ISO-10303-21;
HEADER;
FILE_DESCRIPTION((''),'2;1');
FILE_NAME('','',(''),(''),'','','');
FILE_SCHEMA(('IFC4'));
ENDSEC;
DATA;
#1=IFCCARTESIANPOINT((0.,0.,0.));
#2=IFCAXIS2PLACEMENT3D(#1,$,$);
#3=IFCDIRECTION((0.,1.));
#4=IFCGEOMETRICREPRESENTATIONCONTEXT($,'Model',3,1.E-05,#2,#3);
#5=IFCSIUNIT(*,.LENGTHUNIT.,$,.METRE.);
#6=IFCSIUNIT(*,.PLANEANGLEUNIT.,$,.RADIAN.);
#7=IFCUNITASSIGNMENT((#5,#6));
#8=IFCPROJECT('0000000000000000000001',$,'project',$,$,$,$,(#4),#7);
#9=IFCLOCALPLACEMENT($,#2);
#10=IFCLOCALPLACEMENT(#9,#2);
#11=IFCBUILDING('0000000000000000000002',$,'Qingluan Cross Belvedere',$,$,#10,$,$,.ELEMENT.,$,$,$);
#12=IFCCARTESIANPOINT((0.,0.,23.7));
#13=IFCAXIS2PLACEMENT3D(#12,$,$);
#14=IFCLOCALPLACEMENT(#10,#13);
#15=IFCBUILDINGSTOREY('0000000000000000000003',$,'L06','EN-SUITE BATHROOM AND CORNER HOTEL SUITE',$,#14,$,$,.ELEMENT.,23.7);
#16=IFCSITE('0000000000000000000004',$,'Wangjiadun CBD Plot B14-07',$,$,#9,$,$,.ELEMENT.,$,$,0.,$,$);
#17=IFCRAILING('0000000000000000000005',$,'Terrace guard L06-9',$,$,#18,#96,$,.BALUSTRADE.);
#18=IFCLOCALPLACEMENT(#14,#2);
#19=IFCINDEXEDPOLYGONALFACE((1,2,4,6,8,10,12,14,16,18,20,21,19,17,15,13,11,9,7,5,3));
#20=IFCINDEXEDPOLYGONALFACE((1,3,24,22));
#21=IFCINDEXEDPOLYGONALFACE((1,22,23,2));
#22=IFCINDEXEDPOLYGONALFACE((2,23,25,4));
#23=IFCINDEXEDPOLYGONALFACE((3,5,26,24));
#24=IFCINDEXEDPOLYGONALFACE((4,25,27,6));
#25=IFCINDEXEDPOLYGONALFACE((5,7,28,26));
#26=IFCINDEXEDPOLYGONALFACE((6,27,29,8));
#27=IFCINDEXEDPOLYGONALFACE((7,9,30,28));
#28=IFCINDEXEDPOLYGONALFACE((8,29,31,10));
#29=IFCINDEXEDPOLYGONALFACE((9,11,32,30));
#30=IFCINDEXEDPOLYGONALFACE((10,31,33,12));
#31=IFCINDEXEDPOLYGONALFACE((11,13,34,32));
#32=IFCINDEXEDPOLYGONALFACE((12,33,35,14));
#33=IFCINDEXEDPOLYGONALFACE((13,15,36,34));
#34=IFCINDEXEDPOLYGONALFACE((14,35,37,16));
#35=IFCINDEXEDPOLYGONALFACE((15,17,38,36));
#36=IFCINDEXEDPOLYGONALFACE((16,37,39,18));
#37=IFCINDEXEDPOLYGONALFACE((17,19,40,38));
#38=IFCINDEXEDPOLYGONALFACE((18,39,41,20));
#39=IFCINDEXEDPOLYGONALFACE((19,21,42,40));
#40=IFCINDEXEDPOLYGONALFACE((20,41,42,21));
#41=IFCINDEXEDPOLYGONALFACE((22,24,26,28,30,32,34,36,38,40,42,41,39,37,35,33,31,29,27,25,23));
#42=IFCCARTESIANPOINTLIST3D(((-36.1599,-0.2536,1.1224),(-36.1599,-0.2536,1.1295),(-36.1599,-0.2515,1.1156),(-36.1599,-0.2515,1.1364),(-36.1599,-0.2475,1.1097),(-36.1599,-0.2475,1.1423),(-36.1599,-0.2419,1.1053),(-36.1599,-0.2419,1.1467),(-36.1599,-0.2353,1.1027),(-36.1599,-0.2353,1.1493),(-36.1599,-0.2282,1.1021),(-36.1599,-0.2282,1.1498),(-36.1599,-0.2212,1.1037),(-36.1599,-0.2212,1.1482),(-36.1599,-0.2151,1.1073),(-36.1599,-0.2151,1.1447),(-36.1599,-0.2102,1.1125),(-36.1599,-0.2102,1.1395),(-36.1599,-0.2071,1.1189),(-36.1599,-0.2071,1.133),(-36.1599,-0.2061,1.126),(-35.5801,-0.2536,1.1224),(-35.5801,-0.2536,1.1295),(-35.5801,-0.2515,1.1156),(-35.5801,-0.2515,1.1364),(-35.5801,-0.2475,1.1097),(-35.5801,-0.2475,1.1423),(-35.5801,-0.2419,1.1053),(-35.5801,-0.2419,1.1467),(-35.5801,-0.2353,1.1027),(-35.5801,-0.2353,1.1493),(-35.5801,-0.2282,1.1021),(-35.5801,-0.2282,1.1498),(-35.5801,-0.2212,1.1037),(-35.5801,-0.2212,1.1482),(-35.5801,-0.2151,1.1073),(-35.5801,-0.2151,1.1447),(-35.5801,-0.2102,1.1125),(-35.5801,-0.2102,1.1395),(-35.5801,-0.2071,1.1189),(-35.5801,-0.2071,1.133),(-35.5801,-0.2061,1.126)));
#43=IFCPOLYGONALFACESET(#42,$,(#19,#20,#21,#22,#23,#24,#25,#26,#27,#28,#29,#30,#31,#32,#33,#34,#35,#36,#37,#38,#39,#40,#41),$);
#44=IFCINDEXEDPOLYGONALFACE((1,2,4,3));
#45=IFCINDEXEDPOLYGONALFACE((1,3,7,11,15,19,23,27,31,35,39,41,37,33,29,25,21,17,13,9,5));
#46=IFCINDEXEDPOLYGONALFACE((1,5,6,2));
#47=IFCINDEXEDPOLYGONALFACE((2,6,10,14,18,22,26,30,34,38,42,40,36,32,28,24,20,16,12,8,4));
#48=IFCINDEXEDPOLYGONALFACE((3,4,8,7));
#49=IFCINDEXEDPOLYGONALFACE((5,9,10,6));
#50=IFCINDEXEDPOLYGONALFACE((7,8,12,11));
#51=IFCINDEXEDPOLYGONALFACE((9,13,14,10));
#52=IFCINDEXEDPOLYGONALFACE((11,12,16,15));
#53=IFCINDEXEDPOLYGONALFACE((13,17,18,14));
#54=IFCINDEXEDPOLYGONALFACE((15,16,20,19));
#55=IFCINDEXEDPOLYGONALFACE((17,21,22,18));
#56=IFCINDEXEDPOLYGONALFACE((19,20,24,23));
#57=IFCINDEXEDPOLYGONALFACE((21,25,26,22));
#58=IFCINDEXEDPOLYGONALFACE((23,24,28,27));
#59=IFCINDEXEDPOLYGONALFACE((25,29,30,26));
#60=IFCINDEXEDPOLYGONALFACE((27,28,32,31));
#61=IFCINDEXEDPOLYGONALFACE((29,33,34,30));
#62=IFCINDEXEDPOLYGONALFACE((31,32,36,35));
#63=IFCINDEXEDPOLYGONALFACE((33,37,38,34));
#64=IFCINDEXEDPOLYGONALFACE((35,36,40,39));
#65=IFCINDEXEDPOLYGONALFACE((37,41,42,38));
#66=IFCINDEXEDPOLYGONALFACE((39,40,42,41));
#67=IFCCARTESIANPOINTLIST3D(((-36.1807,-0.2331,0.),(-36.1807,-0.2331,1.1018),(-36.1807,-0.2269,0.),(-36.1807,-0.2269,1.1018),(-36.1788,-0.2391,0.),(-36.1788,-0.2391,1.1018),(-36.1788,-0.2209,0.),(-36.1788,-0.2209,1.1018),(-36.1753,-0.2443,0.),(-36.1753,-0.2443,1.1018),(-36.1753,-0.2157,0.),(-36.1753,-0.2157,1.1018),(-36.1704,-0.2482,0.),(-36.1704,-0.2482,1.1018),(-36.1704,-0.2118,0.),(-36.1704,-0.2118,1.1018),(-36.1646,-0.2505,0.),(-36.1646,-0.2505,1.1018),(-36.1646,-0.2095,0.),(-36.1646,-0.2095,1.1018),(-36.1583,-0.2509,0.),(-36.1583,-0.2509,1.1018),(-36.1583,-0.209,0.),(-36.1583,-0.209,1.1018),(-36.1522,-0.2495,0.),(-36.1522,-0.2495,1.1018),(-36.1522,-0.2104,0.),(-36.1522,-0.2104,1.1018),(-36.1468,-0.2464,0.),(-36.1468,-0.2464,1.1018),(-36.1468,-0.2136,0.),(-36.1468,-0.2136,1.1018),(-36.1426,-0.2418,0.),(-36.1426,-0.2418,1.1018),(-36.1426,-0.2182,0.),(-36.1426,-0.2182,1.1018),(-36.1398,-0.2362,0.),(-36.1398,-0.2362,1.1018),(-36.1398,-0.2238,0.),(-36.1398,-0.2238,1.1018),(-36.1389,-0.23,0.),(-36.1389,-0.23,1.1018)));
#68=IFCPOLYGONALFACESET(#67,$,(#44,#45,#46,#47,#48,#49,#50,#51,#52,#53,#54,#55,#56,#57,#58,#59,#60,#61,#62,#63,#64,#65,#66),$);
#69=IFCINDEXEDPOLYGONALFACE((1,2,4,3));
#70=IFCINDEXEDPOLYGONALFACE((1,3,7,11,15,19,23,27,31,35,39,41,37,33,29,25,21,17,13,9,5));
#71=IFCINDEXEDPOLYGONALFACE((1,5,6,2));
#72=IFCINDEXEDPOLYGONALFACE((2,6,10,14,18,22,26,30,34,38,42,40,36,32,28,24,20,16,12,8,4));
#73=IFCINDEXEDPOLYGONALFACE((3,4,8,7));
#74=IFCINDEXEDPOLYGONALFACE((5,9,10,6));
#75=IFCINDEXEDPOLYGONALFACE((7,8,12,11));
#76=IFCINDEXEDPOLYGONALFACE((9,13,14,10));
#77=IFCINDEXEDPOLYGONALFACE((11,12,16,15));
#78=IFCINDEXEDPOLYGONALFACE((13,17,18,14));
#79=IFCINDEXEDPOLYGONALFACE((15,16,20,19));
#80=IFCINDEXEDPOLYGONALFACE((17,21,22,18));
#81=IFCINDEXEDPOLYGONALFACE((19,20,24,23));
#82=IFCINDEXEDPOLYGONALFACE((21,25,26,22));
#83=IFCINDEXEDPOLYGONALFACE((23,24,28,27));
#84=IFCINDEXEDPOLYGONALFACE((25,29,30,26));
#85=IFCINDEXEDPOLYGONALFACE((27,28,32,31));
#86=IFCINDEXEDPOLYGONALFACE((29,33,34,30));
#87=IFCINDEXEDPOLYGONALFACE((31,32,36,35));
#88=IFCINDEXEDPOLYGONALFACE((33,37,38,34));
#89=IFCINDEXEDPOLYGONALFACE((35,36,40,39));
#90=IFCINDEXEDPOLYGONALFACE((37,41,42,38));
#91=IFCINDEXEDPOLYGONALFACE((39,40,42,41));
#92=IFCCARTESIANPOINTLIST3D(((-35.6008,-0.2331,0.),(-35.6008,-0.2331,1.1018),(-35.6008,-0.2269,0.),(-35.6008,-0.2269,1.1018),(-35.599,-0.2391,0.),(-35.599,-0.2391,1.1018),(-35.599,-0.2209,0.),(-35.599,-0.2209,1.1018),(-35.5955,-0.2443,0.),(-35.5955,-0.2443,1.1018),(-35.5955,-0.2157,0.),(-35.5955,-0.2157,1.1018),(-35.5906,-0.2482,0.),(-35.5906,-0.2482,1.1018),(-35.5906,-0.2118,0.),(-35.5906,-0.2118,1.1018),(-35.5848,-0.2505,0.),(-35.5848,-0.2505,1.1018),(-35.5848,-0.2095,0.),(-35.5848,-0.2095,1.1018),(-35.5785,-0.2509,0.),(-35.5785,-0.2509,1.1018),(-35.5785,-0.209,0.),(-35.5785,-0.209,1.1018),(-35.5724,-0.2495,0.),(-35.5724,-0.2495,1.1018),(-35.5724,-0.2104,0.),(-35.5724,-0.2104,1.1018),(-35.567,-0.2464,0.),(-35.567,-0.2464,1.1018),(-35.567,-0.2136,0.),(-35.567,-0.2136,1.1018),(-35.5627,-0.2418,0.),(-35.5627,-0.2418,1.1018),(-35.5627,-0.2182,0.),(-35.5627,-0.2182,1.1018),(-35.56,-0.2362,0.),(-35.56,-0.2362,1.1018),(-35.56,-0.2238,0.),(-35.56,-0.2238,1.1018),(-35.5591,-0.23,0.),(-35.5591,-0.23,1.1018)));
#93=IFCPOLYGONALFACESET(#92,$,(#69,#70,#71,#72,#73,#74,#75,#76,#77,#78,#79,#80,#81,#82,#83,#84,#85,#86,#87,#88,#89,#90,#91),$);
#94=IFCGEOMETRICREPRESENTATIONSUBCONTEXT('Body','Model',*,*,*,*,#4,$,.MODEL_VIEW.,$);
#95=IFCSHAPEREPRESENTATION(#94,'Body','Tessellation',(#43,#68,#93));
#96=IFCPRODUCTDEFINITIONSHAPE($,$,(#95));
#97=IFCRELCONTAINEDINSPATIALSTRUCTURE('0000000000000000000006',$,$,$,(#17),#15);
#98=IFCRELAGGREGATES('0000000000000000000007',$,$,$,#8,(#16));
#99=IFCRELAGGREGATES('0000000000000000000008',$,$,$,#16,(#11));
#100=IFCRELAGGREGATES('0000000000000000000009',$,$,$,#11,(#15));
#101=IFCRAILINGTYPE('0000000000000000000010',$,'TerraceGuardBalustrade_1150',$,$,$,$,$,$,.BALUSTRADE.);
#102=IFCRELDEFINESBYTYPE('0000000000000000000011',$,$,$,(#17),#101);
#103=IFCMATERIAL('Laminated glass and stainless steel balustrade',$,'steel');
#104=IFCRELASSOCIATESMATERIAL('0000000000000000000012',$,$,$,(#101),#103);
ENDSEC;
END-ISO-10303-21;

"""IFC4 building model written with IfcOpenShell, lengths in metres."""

from ifc_helpers import new_model, si_unit, direction, frame, origin, origin_2d, place, context, subcontext, project, spatial, circle, extrude, material, type_object, element, save


model = new_model("IFC4")

# Units and contexts
model_context = context("Model", 3, precision=1e-05, world=origin(), true_north=direction((0.0, 1.0)))
body_context = subcontext(model_context, "Body", "Model", "MODEL_VIEW")
ifc_project = project(units=[si_unit("LENGTHUNIT", "METRE"), si_unit("PLANEANGLEUNIT", "RADIAN")], contexts=[model_context])

# Site, building, storey
site_placement = place(None, origin())
site = spatial("IfcSite", under=ifc_project, at=site_placement, Name="Wangjiadun CBD Plot B14-07", CompositionType="ELEMENT", RefElevation=0.0)
building_placement = place(site_placement, origin())
building = spatial("IfcBuilding", under=site, at=building_placement, Name="Qingluan Cross Belvedere", CompositionType="ELEMENT")
storey_placement = place(building_placement, frame((0.0, 0.0, 23.7)))
storey = spatial("IfcBuildingStorey", under=building, at=storey_placement, Name="L06", Description="EN-SUITE BATHROOM AND CORNER HOTEL SUITE", CompositionType="ELEMENT", Elevation=23.7)

# Railing
ifc_material_1 = material(Name="Laminated glass and stainless steel balustrade", Category="steel")
railing_type = type_object("IfcRailingType", Name="TerraceGuardBalustrade_1150", PredefinedType="BALUSTRADE", material=ifc_material_1)
railing_1_placement = place(storey_placement, frame((-36.1599, -0.23, 0.0)))
element("IfcRailing", 1, at=railing_1_placement, inside=storey, type_object=railing_type, Name="Terrace guard L06-9", PredefinedType="BALUSTRADE", context=body_context, shape_type="SweptSolid", body=[
    extrude(circle(Radius=0.0239, at=origin_2d()), frame((0.0, 0.0, 1.126), z_axis=(1.0, 0.0, 0.0), x_axis=(0.0, 1.0, 0.0)), (0.0, 0.0, 1.0), 0.5798),
    extrude(circle(Radius=0.021, at=origin_2d()), origin(), (0.0, 0.0, 1.0), 1.1018),
    extrude(circle(Radius=0.021, at=origin_2d()), frame((0.5798, 0.0, 0.0)), (0.0, 0.0, 1.0), 1.1018),
])

save(model, "model.ifc")
